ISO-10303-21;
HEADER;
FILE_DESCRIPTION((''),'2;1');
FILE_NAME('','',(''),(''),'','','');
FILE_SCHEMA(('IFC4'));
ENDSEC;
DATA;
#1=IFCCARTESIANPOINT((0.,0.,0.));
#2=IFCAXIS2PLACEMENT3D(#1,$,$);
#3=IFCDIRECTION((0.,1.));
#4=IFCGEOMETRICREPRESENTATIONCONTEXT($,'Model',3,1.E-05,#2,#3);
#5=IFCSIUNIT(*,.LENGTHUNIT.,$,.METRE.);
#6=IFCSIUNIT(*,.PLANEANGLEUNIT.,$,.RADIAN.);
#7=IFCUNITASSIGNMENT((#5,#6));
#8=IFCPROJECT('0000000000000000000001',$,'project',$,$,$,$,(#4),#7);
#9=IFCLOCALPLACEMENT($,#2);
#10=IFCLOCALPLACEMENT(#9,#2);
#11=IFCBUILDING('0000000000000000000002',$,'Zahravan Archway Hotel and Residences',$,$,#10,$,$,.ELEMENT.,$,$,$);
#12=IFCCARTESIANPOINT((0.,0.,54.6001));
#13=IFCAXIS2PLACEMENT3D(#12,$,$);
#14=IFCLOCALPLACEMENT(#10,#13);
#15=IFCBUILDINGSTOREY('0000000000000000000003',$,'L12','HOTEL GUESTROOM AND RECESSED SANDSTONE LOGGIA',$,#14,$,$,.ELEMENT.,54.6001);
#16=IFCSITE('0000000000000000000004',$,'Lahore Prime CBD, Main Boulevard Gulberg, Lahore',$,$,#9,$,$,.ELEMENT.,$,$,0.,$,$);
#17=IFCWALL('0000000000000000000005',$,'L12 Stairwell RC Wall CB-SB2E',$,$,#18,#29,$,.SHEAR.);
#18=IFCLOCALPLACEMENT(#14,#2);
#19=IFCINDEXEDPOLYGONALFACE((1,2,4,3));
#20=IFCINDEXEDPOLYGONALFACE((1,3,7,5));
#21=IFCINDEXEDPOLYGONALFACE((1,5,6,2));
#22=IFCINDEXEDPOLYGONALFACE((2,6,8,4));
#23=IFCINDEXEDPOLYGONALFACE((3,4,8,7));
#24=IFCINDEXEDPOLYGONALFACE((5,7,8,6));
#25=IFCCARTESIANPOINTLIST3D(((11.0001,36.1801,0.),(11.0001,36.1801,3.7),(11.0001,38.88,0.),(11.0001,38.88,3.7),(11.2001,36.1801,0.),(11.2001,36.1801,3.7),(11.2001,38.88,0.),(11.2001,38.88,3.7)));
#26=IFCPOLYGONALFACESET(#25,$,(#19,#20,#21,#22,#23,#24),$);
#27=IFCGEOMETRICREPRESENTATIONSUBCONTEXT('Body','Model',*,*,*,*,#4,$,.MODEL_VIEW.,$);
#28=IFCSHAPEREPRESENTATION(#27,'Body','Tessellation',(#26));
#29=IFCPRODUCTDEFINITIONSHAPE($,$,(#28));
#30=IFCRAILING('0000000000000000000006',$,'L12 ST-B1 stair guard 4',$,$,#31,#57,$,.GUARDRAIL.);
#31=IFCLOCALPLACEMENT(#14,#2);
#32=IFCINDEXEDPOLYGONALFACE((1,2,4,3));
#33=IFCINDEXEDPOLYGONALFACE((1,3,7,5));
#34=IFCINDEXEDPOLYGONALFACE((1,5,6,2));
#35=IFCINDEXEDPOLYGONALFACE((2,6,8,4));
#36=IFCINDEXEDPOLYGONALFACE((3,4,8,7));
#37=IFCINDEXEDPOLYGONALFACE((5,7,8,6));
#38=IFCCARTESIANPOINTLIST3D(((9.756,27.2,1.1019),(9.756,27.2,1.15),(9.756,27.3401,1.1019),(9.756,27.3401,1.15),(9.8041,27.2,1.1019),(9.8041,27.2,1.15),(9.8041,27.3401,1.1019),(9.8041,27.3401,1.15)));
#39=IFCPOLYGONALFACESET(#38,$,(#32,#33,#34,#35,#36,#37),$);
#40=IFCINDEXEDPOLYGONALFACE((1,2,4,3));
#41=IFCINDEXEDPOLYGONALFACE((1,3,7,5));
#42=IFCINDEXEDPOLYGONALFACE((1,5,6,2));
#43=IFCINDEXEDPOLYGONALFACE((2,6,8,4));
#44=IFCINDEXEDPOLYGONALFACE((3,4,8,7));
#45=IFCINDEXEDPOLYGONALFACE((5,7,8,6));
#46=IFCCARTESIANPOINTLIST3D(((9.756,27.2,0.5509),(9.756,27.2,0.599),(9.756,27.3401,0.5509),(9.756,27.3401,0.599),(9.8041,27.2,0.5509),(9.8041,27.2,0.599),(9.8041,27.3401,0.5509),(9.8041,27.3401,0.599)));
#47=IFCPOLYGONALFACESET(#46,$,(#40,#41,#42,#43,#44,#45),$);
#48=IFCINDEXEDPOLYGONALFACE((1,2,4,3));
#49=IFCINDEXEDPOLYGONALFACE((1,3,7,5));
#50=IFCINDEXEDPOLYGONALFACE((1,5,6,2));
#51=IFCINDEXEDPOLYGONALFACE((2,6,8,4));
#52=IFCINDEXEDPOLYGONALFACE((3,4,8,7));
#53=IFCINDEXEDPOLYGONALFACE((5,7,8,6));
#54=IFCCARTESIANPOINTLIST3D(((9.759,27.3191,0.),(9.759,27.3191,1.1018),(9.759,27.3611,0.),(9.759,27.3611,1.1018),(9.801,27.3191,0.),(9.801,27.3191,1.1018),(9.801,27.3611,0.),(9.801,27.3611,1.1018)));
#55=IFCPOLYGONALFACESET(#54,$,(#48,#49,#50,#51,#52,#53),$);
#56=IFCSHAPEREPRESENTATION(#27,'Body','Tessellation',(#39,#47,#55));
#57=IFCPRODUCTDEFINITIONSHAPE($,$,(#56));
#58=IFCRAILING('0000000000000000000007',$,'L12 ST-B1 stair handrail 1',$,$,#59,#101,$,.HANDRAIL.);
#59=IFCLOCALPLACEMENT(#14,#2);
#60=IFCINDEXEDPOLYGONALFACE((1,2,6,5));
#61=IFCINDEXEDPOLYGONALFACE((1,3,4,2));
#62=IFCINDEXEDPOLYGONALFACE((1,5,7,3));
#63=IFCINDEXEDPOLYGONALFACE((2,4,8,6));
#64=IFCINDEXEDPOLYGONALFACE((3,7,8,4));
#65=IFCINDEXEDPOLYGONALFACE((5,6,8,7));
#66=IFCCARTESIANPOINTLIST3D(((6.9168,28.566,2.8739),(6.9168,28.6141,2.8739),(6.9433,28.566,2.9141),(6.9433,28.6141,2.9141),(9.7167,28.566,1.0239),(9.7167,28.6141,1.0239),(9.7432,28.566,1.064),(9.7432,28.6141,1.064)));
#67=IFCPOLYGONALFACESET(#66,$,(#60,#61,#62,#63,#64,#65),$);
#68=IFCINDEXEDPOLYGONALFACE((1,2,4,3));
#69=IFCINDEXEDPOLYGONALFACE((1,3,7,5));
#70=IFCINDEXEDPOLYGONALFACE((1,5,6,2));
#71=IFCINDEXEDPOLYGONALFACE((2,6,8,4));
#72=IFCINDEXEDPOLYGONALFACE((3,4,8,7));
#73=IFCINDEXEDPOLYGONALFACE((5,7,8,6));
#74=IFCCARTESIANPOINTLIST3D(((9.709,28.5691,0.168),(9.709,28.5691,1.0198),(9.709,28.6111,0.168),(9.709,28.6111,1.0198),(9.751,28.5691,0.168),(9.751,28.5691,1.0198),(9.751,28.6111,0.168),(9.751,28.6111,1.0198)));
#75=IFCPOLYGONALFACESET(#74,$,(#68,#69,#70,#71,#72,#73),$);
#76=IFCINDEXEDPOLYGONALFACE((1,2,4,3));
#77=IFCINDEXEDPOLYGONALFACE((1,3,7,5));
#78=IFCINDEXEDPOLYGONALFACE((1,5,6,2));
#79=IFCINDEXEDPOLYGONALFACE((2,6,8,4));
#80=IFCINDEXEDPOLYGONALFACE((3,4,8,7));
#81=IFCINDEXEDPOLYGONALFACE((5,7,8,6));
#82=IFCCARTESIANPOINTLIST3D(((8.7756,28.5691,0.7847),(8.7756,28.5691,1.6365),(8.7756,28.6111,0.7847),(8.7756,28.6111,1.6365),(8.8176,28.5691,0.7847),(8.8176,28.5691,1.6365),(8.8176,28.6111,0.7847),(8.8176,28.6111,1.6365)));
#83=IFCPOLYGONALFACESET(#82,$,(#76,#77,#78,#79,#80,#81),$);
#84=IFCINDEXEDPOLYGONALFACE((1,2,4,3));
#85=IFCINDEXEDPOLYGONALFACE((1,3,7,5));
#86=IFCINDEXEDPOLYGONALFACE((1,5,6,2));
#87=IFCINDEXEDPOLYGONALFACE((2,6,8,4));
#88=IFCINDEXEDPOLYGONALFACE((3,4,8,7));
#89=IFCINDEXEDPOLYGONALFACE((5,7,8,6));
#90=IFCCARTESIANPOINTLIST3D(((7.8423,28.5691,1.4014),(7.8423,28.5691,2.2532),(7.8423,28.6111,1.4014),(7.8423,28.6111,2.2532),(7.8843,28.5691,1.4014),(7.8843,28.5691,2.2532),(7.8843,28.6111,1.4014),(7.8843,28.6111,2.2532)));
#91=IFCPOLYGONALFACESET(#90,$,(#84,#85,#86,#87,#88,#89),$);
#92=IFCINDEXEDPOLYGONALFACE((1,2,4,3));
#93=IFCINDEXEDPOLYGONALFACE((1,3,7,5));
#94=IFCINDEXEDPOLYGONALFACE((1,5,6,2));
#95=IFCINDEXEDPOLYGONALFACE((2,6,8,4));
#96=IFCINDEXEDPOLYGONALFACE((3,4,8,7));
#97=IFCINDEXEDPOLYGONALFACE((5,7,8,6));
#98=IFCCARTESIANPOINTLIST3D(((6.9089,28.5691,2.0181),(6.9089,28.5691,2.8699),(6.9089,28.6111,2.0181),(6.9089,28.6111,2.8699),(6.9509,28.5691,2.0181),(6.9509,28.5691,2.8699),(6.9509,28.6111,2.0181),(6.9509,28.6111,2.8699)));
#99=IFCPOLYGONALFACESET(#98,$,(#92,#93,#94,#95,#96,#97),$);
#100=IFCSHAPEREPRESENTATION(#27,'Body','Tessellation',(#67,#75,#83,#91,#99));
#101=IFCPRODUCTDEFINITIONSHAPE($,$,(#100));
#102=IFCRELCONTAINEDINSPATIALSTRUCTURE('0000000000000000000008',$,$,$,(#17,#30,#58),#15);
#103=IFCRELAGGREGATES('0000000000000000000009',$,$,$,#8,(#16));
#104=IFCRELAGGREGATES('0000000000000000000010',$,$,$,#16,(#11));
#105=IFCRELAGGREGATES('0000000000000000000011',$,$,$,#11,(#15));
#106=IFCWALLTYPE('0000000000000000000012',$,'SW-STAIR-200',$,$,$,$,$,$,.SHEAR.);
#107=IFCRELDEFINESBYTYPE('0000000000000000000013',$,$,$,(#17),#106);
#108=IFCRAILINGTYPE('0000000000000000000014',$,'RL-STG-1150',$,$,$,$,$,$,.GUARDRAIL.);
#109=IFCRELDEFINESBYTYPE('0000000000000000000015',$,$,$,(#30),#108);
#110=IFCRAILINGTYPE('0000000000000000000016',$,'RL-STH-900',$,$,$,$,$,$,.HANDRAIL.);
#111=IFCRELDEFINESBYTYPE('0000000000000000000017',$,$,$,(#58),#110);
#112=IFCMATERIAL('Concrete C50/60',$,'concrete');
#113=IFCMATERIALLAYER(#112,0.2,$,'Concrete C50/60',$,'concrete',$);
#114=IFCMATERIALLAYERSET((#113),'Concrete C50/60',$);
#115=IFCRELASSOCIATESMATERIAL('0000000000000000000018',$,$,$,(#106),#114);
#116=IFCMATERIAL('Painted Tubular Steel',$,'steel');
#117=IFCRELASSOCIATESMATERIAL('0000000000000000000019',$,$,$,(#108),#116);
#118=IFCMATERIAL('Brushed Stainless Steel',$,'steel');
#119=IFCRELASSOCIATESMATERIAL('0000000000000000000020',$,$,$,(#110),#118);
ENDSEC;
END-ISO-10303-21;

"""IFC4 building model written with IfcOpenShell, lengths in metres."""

from ifc_helpers import new_model, si_unit, direction, frame, frame_2d, origin, origin_2d, place, context, subcontext, project, spatial, rectangle, extrude, material, layer, layer_set, type_object, element, save


model = new_model("IFC4")

# Units and contexts
model_context = context("Model", 3, precision=1e-05, world=origin(), true_north=direction((0.0, 1.0)))
body_context = subcontext(model_context, "Body", "Model", "MODEL_VIEW")
ifc_project = project(units=[si_unit("LENGTHUNIT", "METRE"), si_unit("PLANEANGLEUNIT", "RADIAN")], contexts=[model_context])

# Site, building, storey
site_placement = place(None, origin())
site = spatial("IfcSite", under=ifc_project, at=site_placement, Name="Lahore Prime CBD, Main Boulevard Gulberg, Lahore", CompositionType="ELEMENT", RefElevation=0.0)
building_placement = place(site_placement, origin())
building = spatial("IfcBuilding", under=site, at=building_placement, Name="Zahravan Archway Hotel and Residences", CompositionType="ELEMENT")
storey_placement = place(building_placement, frame((0.0, 0.0, 54.6001)))
storey = spatial("IfcBuildingStorey", under=building, at=storey_placement, Name="L12", Description="HOTEL GUESTROOM AND RECESSED SANDSTONE LOGGIA", CompositionType="ELEMENT", Elevation=54.6001)

# Shared definitions
ifc_material_1 = material(Name="Brushed Stainless Steel", Category="steel")

# Wall
ifc_material_2 = material(Name="Concrete C50/60", Category="concrete")
ifc_layer_1 = layer(ifc_material_2, 0.2, Name="Concrete C50/60", Category="concrete")
ifc_layer_set_1 = layer_set([ifc_layer_1], Name="Concrete C50/60")
wall_type_1 = type_object("IfcWallType", Name="SW-STAIR-200", PredefinedType="SHEAR", material=ifc_layer_set_1)
wall_1_placement = place(storey_placement, frame((11.1001, 36.1799, 0.0), z_axis=(0.0, 0.0, 1.0), x_axis=(0.0, 1.0, 0.0)))
element("IfcWall", 1, at=wall_1_placement, inside=storey, type_object=wall_type_1, Name="L12 Stairwell RC Wall CB-SB2E", PredefinedType="SHEAR", context=body_context, shape_type="SweptSolid", body=[
    extrude(rectangle(XDim=2.7, YDim=0.2, at=frame_2d((1.3501, 0.0))), origin(), (0.0, 0.0, 1.0), 3.7),
])

# Railings
ifc_material_3 = material(Name="Painted Tubular Steel", Category="steel")
railing_type_1 = type_object("IfcRailingType", Name="RL-STG-1150", PredefinedType="GUARDRAIL", material=ifc_material_3)
railing_1_placement = place(storey_placement, frame((9.78, 27.3401, 0.0)))
element("IfcRailing", 2, at=railing_1_placement, inside=storey, type_object=railing_type_1, Name="L12 ST-B1 stair guard 4", PredefinedType="GUARDRAIL", context=body_context, shape_type="SweptSolid", body=[
    extrude(rectangle(XDim=0.0481, YDim=0.0481, at=origin_2d()), frame((0.0, 0.0, 1.126), z_axis=(0.0, -1.0, 0.0), x_axis=(1.0, 0.0, 0.0)), (0.0, 0.0, 1.0), 0.1401),
    extrude(rectangle(XDim=0.0481, YDim=0.0481, at=origin_2d()), frame((0.0, 0.0, 0.575), z_axis=(0.0, -1.0, 0.0), x_axis=(1.0, 0.0, 0.0)), (0.0, 0.0, 1.0), 0.1401),
    extrude(rectangle(XDim=0.042, YDim=0.042, at=origin_2d()), origin(), (0.0, 0.0, 1.0), 1.1018),
])
railing_type_2 = type_object("IfcRailingType", Name="RL-STH-900", PredefinedType="HANDRAIL", material=ifc_material_1)
railing_2_placement = place(storey_placement, frame((9.73, 28.5901, 0.168)))
element("IfcRailing", 3, at=railing_2_placement, inside=storey, type_object=railing_type_2, Name="L12 ST-B1 stair handrail 1", PredefinedType="HANDRAIL", context=body_context, shape_type="SweptSolid", body=[
    extrude(rectangle(XDim=0.0481, YDim=0.0481, at=origin_2d()), frame((0.0, 0.0, 0.876), z_axis=(-0.834326, 0.0, 0.551271), x_axis=(0.0, -1.0, 0.0)), (0.0, 0.0, 1.0), 3.356),
    extrude(rectangle(XDim=0.042, YDim=0.042, at=origin_2d()), origin(), (0.0, 0.0, 1.0), 0.8518),
    extrude(rectangle(XDim=0.042, YDim=0.042, at=origin_2d()), frame((-0.9333, 0.0, 0.6167)), (0.0, 0.0, 1.0), 0.8518),
    extrude(rectangle(XDim=0.042, YDim=0.042, at=origin_2d()), frame((-1.8667, 0.0, 1.2334)), (0.0, 0.0, 1.0), 0.8518),
    extrude(rectangle(XDim=0.042, YDim=0.042, at=origin_2d()), frame((-2.8, 0.0, 1.8501)), (0.0, 0.0, 1.0), 0.8518),
])

save(model, "model.ifc")
